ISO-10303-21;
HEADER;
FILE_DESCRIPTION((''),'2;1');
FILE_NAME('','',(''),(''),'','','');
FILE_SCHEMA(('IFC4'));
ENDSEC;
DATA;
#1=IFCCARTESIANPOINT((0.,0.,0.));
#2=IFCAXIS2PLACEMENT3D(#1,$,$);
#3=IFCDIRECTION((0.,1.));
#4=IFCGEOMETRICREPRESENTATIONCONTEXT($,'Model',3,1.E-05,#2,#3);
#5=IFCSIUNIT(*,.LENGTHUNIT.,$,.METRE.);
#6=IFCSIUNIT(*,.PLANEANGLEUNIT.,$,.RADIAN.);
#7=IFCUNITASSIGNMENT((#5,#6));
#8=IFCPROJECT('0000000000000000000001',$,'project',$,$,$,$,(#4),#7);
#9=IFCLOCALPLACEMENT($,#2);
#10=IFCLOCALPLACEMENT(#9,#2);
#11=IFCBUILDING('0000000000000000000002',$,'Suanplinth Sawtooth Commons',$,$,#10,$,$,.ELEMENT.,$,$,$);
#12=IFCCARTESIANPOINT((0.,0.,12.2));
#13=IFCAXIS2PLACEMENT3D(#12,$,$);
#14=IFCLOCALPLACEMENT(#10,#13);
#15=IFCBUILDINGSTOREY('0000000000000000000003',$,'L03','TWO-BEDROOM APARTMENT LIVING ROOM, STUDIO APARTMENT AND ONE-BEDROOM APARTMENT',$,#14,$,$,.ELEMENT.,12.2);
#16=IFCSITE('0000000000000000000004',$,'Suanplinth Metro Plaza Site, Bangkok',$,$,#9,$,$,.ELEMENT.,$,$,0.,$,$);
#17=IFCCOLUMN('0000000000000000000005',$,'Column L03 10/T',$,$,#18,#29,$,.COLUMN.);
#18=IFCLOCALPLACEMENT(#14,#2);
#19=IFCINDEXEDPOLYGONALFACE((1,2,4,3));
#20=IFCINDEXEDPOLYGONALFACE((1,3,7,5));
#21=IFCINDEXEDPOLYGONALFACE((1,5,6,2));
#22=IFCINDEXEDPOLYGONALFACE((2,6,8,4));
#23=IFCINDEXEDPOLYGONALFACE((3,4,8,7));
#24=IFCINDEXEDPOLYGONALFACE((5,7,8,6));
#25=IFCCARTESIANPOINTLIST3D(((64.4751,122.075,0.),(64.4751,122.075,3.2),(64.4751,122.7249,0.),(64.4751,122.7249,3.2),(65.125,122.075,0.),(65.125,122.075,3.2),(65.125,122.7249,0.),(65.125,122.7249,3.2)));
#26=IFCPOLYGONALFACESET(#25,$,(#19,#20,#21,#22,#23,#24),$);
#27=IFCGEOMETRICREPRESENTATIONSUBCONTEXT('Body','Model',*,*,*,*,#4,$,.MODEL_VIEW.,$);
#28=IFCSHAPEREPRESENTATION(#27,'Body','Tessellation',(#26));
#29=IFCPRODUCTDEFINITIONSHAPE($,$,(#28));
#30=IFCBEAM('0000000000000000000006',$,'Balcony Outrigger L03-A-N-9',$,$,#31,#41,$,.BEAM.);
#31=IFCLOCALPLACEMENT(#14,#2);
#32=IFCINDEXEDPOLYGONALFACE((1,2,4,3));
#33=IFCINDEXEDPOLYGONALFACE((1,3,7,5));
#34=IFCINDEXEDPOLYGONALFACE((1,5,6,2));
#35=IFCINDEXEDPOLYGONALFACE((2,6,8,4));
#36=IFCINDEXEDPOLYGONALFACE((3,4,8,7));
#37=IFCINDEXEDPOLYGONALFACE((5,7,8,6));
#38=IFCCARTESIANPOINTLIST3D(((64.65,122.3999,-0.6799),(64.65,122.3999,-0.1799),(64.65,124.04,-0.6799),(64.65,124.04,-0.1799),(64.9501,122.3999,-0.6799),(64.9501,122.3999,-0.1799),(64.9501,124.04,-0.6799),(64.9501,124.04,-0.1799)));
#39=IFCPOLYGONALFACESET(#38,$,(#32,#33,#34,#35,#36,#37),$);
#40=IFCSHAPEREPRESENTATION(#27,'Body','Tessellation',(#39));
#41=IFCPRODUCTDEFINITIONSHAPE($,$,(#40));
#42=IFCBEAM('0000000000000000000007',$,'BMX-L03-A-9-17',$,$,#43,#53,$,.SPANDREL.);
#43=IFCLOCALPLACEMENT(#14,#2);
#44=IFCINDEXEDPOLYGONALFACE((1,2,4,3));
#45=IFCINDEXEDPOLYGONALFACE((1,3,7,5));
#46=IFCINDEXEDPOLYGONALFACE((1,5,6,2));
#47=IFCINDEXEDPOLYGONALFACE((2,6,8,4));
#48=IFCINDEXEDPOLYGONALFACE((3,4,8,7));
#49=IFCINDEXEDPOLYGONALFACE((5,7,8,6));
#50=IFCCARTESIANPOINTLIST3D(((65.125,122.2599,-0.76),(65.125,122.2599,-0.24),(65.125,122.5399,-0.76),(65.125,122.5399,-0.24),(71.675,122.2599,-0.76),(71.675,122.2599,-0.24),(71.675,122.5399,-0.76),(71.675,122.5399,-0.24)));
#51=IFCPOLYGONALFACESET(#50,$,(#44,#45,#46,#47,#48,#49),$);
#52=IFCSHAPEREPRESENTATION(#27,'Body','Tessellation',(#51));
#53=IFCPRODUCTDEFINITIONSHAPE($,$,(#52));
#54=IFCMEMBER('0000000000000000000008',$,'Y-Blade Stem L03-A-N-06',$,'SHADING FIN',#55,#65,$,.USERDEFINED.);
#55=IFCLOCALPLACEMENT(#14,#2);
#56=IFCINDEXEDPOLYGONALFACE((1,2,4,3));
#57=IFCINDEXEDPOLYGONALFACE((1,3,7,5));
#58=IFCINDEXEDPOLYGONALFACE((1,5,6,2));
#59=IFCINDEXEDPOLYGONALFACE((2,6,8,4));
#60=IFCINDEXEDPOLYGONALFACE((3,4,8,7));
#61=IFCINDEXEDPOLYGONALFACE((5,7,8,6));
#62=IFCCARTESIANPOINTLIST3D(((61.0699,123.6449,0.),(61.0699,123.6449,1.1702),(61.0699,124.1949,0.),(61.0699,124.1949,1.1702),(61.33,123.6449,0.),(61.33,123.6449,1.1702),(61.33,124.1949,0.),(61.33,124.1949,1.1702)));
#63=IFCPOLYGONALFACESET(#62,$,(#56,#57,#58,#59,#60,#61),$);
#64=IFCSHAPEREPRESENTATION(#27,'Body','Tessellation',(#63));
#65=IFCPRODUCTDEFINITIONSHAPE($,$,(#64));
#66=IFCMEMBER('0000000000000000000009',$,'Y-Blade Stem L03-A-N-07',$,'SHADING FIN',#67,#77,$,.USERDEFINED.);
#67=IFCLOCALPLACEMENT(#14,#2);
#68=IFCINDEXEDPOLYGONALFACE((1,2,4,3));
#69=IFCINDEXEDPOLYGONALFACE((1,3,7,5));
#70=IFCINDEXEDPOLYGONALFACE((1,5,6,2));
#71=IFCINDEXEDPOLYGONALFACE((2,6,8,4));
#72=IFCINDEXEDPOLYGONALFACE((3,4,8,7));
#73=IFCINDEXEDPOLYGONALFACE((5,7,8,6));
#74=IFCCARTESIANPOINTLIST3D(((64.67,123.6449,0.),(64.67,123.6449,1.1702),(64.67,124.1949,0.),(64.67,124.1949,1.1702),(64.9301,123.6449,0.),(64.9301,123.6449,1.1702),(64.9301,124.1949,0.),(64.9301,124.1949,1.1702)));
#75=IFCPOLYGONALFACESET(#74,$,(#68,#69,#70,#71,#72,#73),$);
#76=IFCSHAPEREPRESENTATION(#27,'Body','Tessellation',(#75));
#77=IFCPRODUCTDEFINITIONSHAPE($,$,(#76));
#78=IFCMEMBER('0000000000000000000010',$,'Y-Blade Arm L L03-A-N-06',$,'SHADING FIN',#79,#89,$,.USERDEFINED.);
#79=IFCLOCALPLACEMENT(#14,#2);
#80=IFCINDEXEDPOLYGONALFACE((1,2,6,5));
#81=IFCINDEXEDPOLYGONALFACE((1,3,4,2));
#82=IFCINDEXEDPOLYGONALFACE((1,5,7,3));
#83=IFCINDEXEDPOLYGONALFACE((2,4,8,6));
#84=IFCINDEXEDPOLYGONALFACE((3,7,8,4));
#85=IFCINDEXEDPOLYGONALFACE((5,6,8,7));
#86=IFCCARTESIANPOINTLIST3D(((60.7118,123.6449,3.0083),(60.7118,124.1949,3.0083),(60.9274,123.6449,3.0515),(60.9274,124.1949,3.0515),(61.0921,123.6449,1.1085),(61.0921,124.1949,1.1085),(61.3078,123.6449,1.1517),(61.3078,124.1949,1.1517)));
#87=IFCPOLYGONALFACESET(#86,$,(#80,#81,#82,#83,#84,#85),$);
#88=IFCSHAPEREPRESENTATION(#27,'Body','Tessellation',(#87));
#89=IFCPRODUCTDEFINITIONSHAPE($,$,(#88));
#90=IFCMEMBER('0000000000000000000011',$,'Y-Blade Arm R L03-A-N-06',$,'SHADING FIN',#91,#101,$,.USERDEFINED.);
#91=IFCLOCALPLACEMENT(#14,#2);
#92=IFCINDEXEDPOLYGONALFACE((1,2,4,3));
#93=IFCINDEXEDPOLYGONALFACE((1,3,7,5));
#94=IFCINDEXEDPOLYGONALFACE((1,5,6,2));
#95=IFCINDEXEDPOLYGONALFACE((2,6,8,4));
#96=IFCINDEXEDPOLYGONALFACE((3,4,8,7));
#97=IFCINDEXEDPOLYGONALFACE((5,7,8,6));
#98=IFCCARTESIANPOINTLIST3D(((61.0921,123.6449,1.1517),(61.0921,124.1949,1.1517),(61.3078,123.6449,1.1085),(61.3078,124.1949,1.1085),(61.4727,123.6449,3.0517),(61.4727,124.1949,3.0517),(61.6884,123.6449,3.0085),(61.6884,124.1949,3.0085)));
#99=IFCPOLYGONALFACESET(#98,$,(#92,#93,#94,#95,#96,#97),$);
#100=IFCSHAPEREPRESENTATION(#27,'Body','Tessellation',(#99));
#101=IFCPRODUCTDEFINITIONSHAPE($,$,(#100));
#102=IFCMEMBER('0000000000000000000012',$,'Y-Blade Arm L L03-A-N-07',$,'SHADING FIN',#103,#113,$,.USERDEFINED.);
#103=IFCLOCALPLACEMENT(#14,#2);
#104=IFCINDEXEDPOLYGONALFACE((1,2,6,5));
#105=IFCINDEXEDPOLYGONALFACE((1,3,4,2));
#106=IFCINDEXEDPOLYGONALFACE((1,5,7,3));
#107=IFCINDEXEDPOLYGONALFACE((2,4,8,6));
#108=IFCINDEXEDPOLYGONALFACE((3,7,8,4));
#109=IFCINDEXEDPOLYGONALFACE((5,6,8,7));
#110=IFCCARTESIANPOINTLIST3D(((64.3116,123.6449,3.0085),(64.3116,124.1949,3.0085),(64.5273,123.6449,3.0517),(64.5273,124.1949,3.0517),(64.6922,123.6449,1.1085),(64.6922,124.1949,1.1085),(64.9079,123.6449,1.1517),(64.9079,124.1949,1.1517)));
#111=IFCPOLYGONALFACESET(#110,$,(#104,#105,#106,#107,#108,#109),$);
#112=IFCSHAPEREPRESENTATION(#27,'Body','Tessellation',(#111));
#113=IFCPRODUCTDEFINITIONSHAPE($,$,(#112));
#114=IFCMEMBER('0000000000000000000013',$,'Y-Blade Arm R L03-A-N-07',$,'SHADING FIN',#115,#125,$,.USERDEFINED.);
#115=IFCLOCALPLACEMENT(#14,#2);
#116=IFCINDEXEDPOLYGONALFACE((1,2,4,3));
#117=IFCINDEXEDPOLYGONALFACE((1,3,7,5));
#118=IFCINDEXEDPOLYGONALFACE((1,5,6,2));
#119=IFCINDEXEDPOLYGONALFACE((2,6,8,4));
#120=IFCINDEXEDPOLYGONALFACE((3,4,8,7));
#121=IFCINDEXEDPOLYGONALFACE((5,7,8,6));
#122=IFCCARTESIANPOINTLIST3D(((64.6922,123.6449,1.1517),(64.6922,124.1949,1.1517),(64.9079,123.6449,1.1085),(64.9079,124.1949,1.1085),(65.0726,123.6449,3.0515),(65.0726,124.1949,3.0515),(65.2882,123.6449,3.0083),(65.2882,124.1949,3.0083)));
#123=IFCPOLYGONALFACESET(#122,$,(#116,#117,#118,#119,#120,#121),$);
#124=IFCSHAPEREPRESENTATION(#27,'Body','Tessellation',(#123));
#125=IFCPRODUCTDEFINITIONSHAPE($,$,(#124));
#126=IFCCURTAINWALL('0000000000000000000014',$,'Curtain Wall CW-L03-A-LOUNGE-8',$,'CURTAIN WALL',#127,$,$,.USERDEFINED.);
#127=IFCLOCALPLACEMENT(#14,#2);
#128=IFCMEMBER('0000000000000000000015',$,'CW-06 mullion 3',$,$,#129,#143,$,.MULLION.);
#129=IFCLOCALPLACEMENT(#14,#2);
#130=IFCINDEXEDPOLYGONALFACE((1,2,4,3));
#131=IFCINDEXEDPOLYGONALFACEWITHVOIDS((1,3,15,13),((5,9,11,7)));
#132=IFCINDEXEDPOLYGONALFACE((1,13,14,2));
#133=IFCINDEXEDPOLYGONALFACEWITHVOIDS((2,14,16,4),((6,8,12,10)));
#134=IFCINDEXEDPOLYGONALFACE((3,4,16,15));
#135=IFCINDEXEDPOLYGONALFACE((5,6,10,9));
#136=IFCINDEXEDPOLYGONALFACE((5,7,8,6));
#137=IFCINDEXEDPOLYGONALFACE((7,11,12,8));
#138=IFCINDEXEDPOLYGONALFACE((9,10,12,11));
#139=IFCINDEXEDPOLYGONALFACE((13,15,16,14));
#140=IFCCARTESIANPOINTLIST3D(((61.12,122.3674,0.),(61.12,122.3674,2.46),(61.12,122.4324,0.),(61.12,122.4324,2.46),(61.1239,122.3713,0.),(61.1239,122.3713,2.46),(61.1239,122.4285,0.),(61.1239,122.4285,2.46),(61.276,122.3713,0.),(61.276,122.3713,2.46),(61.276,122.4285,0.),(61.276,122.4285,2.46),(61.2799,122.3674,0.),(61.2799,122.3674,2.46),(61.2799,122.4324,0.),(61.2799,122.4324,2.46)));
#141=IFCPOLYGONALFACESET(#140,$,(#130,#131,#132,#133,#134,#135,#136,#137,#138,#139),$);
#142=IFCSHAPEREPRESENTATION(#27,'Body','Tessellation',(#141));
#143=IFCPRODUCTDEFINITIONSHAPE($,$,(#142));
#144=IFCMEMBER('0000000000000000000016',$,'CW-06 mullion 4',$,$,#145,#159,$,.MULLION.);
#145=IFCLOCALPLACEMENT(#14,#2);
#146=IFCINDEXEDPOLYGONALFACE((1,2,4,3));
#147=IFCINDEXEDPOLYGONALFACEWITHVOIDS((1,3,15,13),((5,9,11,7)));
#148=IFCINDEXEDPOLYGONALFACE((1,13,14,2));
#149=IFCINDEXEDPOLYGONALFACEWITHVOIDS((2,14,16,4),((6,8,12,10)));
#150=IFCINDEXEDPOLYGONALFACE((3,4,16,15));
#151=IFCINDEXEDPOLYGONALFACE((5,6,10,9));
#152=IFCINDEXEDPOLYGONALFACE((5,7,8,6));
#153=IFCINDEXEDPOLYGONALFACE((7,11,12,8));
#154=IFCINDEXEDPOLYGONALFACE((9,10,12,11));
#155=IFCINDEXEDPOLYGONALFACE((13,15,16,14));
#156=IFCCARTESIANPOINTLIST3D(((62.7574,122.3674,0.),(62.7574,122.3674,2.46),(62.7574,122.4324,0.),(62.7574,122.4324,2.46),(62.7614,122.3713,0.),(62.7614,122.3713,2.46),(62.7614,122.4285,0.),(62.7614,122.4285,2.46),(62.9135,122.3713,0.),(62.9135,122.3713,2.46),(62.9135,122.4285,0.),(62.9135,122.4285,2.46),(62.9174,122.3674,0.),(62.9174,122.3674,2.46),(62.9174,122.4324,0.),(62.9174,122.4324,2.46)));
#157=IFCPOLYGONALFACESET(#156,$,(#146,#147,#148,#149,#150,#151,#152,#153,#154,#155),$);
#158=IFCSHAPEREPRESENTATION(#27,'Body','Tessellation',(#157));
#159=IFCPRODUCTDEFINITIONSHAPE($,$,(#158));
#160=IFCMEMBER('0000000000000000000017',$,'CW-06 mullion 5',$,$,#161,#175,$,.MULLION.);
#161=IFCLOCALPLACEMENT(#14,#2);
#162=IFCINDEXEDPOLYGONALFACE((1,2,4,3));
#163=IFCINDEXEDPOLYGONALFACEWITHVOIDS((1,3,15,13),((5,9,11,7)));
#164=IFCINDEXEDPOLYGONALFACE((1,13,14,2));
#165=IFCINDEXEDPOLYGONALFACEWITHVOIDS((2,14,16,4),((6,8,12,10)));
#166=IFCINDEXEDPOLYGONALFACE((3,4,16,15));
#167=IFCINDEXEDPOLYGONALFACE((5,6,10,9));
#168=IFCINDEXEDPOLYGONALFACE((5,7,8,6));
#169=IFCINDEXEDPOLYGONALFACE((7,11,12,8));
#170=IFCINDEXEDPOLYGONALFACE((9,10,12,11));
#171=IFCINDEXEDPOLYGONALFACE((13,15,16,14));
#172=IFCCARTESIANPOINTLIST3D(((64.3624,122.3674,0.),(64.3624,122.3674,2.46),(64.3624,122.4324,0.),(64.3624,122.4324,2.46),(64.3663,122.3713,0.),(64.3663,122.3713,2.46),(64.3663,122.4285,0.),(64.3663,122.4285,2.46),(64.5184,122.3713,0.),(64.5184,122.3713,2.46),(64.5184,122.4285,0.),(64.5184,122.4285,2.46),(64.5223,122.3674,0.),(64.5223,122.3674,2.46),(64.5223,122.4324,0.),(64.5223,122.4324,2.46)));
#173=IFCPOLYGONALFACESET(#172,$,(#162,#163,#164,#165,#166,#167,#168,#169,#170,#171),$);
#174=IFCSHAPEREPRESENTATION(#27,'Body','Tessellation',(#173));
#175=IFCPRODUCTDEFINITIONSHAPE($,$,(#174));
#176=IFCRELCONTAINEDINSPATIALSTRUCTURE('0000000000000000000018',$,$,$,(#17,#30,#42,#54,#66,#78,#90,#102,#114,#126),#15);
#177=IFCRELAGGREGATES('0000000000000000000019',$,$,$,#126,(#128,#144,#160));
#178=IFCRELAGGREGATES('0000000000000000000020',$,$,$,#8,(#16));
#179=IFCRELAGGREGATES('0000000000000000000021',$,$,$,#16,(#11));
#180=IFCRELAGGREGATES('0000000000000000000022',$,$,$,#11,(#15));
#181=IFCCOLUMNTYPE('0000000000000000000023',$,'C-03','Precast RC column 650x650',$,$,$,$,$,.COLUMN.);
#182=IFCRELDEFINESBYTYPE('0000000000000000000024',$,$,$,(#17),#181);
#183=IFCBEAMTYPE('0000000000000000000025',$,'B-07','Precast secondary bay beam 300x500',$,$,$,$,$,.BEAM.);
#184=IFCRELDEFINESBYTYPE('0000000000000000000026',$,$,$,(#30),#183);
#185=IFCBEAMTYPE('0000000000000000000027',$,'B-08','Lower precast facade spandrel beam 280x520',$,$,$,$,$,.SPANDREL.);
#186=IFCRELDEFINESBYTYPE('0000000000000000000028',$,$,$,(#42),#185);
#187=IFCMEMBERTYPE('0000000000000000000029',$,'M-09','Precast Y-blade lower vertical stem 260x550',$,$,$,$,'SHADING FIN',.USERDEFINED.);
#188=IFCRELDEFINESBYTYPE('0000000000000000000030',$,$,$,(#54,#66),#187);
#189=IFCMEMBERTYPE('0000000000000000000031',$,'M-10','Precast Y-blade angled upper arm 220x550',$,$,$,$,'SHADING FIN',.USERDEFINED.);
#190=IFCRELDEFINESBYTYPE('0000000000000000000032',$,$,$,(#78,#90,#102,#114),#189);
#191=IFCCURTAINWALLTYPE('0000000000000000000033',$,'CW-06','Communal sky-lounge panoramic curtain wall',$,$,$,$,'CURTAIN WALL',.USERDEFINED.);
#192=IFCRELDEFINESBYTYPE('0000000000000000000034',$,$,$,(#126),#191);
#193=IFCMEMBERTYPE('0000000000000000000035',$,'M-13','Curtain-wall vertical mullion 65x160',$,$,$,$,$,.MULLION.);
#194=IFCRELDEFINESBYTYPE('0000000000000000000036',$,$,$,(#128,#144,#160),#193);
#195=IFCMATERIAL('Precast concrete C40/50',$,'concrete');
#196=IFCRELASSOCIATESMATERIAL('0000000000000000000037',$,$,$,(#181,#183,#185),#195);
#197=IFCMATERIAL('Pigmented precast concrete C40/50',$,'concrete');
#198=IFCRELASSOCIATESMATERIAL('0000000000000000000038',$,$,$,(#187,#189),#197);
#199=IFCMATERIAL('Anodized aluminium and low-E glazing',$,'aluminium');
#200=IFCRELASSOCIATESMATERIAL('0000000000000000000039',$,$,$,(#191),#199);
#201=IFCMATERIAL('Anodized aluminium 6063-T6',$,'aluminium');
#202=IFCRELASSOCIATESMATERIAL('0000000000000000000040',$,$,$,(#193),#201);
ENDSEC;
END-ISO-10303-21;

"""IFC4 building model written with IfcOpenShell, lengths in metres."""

from ifc_helpers import new_model, si_unit, direction, frame, origin, origin_2d, place, context, subcontext, project, spatial, rectangle, hollow_rectangle, extrude, material, material_profile, profile_set, type_object, element, aggregate, save


model = new_model("IFC4")

# Units and contexts
model_context = context("Model", 3, precision=1e-05, world=origin(), true_north=direction((0.0, 1.0)))
body_context = subcontext(model_context, "Body", "Model", "MODEL_VIEW")
ifc_project = project(units=[si_unit("LENGTHUNIT", "METRE"), si_unit("PLANEANGLEUNIT", "RADIAN")], contexts=[model_context])

# Site, building, storey
site_placement = place(None, origin())
site = spatial("IfcSite", under=ifc_project, at=site_placement, Name="Suanplinth Metro Plaza Site, Bangkok", CompositionType="ELEMENT", RefElevation=0.0)
building_placement = place(site_placement, origin())
building = spatial("IfcBuilding", under=site, at=building_placement, Name="Suanplinth Sawtooth Commons", CompositionType="ELEMENT")
storey_placement = place(building_placement, frame((0.0, 0.0, 12.2)))
storey = spatial("IfcBuildingStorey", under=building, at=storey_placement, Name="L03", Description="TWO-BEDROOM APARTMENT LIVING ROOM, STUDIO APARTMENT AND ONE-BEDROOM APARTMENT", CompositionType="ELEMENT", Elevation=12.2)

# Column
ifc_material_1 = material(Name="Precast concrete C40/50", Category="concrete")
ifc_material_profile_1 = material_profile(ifc_material_1, rectangle(XDim=0.6499, YDim=0.6499, at=origin_2d()), Name="PC-COL 650x650")
ifc_profile_set_1 = profile_set([ifc_material_profile_1], Name="Precast concrete C40/50")
column_type = type_object("IfcColumnType", Name="C-03", Description="Precast RC column 650x650", PredefinedType="COLUMN", material=ifc_profile_set_1)
column_placement = place(storey_placement, frame((64.8, 122.3999, 0.0), z_axis=(0.0, 0.0, 1.0), x_axis=(1.0, 0.0, 0.0)))
element("IfcColumn", 1, at=column_placement, inside=storey, type_object=column_type, Name="Column L03 10/T", PredefinedType="COLUMN", context=body_context, shape_type="SweptSolid", body=[
    extrude(rectangle(XDim=0.6499, YDim=0.6499, at=origin_2d()), origin(), (0.0, 0.0, 1.0), 3.2),
])

# Beams
ifc_material_profile_2 = material_profile(ifc_material_1, rectangle(XDim=0.3, YDim=0.5, at=origin_2d()), Name="PC-BM 300x500")
ifc_profile_set_2 = profile_set([ifc_material_profile_2], Name="Precast concrete C40/50")
beam_type_1 = type_object("IfcBeamType", Name="B-07", Description="Precast secondary bay beam 300x500", PredefinedType="BEAM", material=ifc_profile_set_2)
beam_1_placement = place(storey_placement, frame((64.8, 122.3999, -0.4299), z_axis=(0.0, 1.0, 0.0), x_axis=(-1.0, 0.0, 0.0)))
element("IfcBeam", 2, at=beam_1_placement, inside=storey, type_object=beam_type_1, Name="Balcony Outrigger L03-A-N-9", PredefinedType="BEAM", context=body_context, shape_type="SweptSolid", body=[
    extrude(rectangle(XDim=0.3, YDim=0.5, at=origin_2d()), origin(), (0.0, 0.0, 1.0), 1.6401),
])
ifc_material_profile_3 = material_profile(ifc_material_1, rectangle(XDim=0.28, YDim=0.52, at=origin_2d()), Name="PC-SP 280x520")
ifc_profile_set_3 = profile_set([ifc_material_profile_3], Name="Precast concrete C40/50")
beam_type_2 = type_object("IfcBeamType", Name="B-08", Description="Lower precast facade spandrel beam 280x520", PredefinedType="SPANDREL", material=ifc_profile_set_3)
beam_2_placement = place(storey_placement, frame((65.125, 122.3999, -0.5), z_axis=(1.0, 0.0, 0.0), x_axis=(0.0, 1.0, 0.0)))
element("IfcBeam", 3, at=beam_2_placement, inside=storey, type_object=beam_type_2, Name="BMX-L03-A-9-17", PredefinedType="SPANDREL", context=body_context, shape_type="SweptSolid", body=[
    extrude(rectangle(XDim=0.28, YDim=0.52, at=origin_2d()), origin(), (0.0, 0.0, 1.0), 6.55),
])

# Members
ifc_material_2 = material(Name="Pigmented precast concrete C40/50", Category="concrete")
ifc_material_profile_4 = material_profile(ifc_material_2, rectangle(XDim=0.26, YDim=0.55, at=origin_2d()), Name="PC-FIN 260x550")
ifc_profile_set_4 = profile_set([ifc_material_profile_4], Name="Pigmented precast concrete C40/50")
member_type_1 = type_object("IfcMemberType", Name="M-09", Description="Precast Y-blade lower vertical stem 260x550", ElementType="SHADING FIN", PredefinedType="USERDEFINED", material=ifc_profile_set_4)
for number, where, z_axis, x_axis, name in (
    (4, (61.2, 123.9199, 0.0), (0.0, 0.0, 1.0), (1.0, 0.0, 0.0), "Y-Blade Stem L03-A-N-06"),
    (5, (64.8, 123.9199, 0.0), (0.0, 0.0, 1.0), (1.0, 0.0, 0.0), "Y-Blade Stem L03-A-N-07"),
):
    element("IfcMember", number, at=place(storey_placement, frame(where, z_axis=z_axis, x_axis=x_axis)), inside=storey, type_object=member_type_1, Name=name, ObjectType="SHADING FIN", PredefinedType="USERDEFINED", context=body_context, shape_type="SweptSolid", body=[
        extrude(rectangle(XDim=0.26, YDim=0.55, at=origin_2d()), origin(), (0.0, 0.0, 1.0), 1.1702),
    ])
ifc_material_profile_5 = material_profile(ifc_material_2, rectangle(XDim=0.22, YDim=0.55, at=origin_2d()), Name="PC-FIN 220x550")
ifc_profile_set_5 = profile_set([ifc_material_profile_5], Name="Pigmented precast concrete C40/50")
member_type_2 = type_object("IfcMemberType", Name="M-10", Description="Precast Y-blade angled upper arm 220x550", ElementType="SHADING FIN", PredefinedType="USERDEFINED", material=ifc_profile_set_5)
member_1_placement = place(storey_placement, frame((61.2, 123.9199, 1.1301), z_axis=(-0.19631, 0.0, 0.980542), x_axis=(0.980542, 0.0, 0.19631)))
element("IfcMember", 6, at=member_1_placement, inside=storey, type_object=member_type_2, Name="Y-Blade Arm L L03-A-N-06", ObjectType="SHADING FIN", PredefinedType="USERDEFINED", context=body_context, shape_type="SweptSolid", body=[
    extrude(rectangle(XDim=0.22, YDim=0.55, at=origin_2d()), origin(), (0.0, 0.0, 1.0), 1.9375),
])
for number, where, z_axis, x_axis, name in (
    (7, (61.2, 123.9199, 1.1301), (0.196431, 0.0, 0.980518), (-0.980518, 0.0, 0.196431), "Y-Blade Arm R L03-A-N-06"),
    (8, (64.8, 123.9199, 1.1301), (-0.196431, 0.0, 0.980518), (0.980518, 0.0, 0.196431), "Y-Blade Arm L L03-A-N-07"),
):
    element("IfcMember", number, at=place(storey_placement, frame(where, z_axis=z_axis, x_axis=x_axis)), inside=storey, type_object=member_type_2, Name=name, ObjectType="SHADING FIN", PredefinedType="USERDEFINED", context=body_context, shape_type="SweptSolid", body=[
        extrude(rectangle(XDim=0.22, YDim=0.55, at=origin_2d()), origin(), (0.0, 0.0, 1.0), 1.9377),
    ])
member_2_placement = place(storey_placement, frame((64.8, 123.9199, 1.1301), z_axis=(0.19631, 0.0, 0.980542), x_axis=(-0.980542, 0.0, 0.19631)))
element("IfcMember", 9, at=member_2_placement, inside=storey, type_object=member_type_2, Name="Y-Blade Arm R L03-A-N-07", ObjectType="SHADING FIN", PredefinedType="USERDEFINED", context=body_context, shape_type="SweptSolid", body=[
    extrude(rectangle(XDim=0.22, YDim=0.55, at=origin_2d()), origin(), (0.0, 0.0, 1.0), 1.9375),
])

# Curtain wall, members
ifc_material_3 = material(Name="Anodized aluminium and low-E glazing", Category="aluminium")
curtain_wall_type = type_object("IfcCurtainWallType", Name="CW-06", Description="Communal sky-lounge panoramic curtain wall", ElementType="CURTAIN WALL", PredefinedType="USERDEFINED", material=ifc_material_3)
curtain_wall_placement = place(storey_placement, origin())
curtain_wall = element("IfcCurtainWall", 10, at=curtain_wall_placement, inside=storey, type_object=curtain_wall_type, Name="Curtain Wall CW-L03-A-LOUNGE-8", ObjectType="CURTAIN WALL", PredefinedType="USERDEFINED")
ifc_material_4 = material(Name="Anodized aluminium 6063-T6", Category="aluminium")
ifc_material_profile_6 = material_profile(ifc_material_4, hollow_rectangle(XDim=0.0649, YDim=0.1599, WallThickness=0.0039, at=origin_2d()), Name="ALU-MUL 65x160")
ifc_profile_set_6 = profile_set([ifc_material_profile_6], Name="Anodized aluminium 6063-T6")
member_type_3 = type_object("IfcMemberType", Name="M-13", Description="Curtain-wall vertical mullion 65x160", PredefinedType="MULLION", material=ifc_profile_set_6)
member_3_placement = place(storey_placement, frame((61.2, 122.3999, 0.0), z_axis=(0.0, 0.0, 1.0), x_axis=(0.0, 1.0, 0.0)))
member_3 = element("IfcMember", 11, at=member_3_placement, type_object=member_type_3, Name="CW-06 mullion 3", PredefinedType="MULLION", context=body_context, shape_type="SweptSolid", body=[
    extrude(hollow_rectangle(XDim=0.0649, YDim=0.1599, WallThickness=0.0039, at=origin_2d()), origin(), (0.0, 0.0, 1.0), 2.46),
])
member_4_placement = place(storey_placement, frame((62.8374, 122.3999, 0.0), z_axis=(0.0, 0.0, 1.0), x_axis=(0.0, 1.0, 0.0)))
member_4 = element("IfcMember", 12, at=member_4_placement, type_object=member_type_3, Name="CW-06 mullion 4", PredefinedType="MULLION", context=body_context, shape_type="SweptSolid", body=[
    extrude(hollow_rectangle(XDim=0.0649, YDim=0.1599, WallThickness=0.0039, at=origin_2d()), origin(), (0.0, 0.0, 1.0), 2.46),
])
member_5_placement = place(storey_placement, frame((64.4424, 122.3999, 0.0), z_axis=(0.0, 0.0, 1.0), x_axis=(0.0, 1.0, 0.0)))
member_5 = element("IfcMember", 13, at=member_5_placement, type_object=member_type_3, Name="CW-06 mullion 5", PredefinedType="MULLION", context=body_context, shape_type="SweptSolid", body=[
    extrude(hollow_rectangle(XDim=0.0649, YDim=0.1599, WallThickness=0.0039, at=origin_2d()), origin(), (0.0, 0.0, 1.0), 2.46),
])

aggregate(curtain_wall, [member_3, member_4, member_5])

save(model, "model.ifc")
